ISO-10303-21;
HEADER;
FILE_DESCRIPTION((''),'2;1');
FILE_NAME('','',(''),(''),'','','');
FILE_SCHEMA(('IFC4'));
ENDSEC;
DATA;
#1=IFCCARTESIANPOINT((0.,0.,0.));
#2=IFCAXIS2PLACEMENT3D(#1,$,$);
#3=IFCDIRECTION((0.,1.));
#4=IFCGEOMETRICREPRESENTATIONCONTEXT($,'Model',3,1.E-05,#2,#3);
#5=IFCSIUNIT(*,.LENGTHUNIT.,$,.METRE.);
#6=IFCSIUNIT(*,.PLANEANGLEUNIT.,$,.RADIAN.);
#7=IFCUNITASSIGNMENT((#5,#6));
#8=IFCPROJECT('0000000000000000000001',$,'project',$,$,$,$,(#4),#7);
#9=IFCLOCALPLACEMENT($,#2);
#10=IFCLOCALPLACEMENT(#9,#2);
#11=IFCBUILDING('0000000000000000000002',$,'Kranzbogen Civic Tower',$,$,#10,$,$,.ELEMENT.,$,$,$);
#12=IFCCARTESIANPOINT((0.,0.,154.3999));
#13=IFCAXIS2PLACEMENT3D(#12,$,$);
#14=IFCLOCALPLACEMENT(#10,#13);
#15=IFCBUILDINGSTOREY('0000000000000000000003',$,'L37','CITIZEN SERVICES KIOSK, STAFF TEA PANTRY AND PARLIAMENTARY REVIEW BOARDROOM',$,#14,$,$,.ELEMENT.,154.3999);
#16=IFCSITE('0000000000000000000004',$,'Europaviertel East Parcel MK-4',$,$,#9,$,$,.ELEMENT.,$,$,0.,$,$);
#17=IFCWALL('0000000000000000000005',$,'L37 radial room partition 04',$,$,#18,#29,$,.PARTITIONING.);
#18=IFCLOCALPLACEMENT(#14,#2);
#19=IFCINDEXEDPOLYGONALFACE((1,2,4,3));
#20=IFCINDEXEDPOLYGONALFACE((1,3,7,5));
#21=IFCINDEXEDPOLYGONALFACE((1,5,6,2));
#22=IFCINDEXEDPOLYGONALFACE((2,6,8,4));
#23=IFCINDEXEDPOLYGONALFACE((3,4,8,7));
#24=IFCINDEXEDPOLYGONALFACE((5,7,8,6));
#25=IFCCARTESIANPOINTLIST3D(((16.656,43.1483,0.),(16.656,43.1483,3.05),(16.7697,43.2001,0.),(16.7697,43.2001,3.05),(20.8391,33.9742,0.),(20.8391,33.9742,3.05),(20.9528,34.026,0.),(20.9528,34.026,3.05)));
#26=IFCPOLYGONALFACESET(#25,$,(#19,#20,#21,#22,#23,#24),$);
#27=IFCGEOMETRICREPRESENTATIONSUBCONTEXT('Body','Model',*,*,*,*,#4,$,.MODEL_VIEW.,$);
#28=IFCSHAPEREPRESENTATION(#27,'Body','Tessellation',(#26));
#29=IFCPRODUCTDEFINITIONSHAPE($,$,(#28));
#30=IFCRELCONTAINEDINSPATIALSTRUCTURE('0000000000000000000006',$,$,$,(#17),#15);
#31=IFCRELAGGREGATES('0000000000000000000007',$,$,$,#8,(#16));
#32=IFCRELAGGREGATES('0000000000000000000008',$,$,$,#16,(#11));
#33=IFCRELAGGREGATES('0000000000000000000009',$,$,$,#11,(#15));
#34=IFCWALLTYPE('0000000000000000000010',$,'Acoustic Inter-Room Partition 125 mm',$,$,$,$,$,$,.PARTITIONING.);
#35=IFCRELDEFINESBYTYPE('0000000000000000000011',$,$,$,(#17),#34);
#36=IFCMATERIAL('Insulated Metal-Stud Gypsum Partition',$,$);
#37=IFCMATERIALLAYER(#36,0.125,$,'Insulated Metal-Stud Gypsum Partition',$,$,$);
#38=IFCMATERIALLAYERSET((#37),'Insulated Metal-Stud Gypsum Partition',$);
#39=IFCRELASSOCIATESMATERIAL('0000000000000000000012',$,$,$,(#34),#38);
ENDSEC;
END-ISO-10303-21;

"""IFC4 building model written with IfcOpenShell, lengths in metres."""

from ifc_helpers import new_model, si_unit, direction, frame, frame_2d, origin, place, context, subcontext, project, spatial, rectangle, extrude, material, layer, layer_set, type_object, element, save


model = new_model("IFC4")

# Units and contexts
model_context = context("Model", 3, precision=1e-05, world=origin(), true_north=direction((0.0, 1.0)))
body_context = subcontext(model_context, "Body", "Model", "MODEL_VIEW")
ifc_project = project(units=[si_unit("LENGTHUNIT", "METRE"), si_unit("PLANEANGLEUNIT", "RADIAN")], contexts=[model_context])

# Site, building, storey
site_placement = place(None, origin())
site = spatial("IfcSite", under=ifc_project, at=site_placement, Name="Europaviertel East Parcel MK-4", CompositionType="ELEMENT", RefElevation=0.0)
building_placement = place(site_placement, origin())
building = spatial("IfcBuilding", under=site, at=building_placement, Name="Kranzbogen Civic Tower", CompositionType="ELEMENT")
storey_placement = place(building_placement, frame((0.0, 0.0, 154.3999)))
storey = spatial("IfcBuildingStorey", under=building, at=storey_placement, Name="L37", Description="CITIZEN SERVICES KIOSK, STAFF TEA PANTRY AND PARLIAMENTARY REVIEW BOARDROOM", CompositionType="ELEMENT", Elevation=154.3999)

# Wall
ifc_material_1 = material(Name="Insulated Metal-Stud Gypsum Partition")
ifc_layer_1 = layer(ifc_material_1, 0.125, Name="Insulated Metal-Stud Gypsum Partition")
ifc_layer_set_1 = layer_set([ifc_layer_1], Name="Insulated Metal-Stud Gypsum Partition")
wall_type_1 = type_object("IfcWallType", Name="Acoustic Inter-Room Partition 125 mm", PredefinedType="PARTITIONING", material=ifc_layer_set_1)
wall_1_placement = place(storey_placement, frame((20.896, 34.0, 0.0), z_axis=(0.0, 0.0, 1.0), x_axis=(-0.414877, 0.909877, 0.0)))
element("IfcWall", 1, at=wall_1_placement, inside=storey, type_object=wall_type_1, Name="L37 radial room partition 04", PredefinedType="PARTITIONING", context=body_context, shape_type="SweptSolid", body=[
    extrude(rectangle(XDim=10.0828, YDim=0.125, at=frame_2d((5.0415, 0.0))), origin(), (0.0, 0.0, 1.0), 3.05),
])

save(model, "model.ifc")
